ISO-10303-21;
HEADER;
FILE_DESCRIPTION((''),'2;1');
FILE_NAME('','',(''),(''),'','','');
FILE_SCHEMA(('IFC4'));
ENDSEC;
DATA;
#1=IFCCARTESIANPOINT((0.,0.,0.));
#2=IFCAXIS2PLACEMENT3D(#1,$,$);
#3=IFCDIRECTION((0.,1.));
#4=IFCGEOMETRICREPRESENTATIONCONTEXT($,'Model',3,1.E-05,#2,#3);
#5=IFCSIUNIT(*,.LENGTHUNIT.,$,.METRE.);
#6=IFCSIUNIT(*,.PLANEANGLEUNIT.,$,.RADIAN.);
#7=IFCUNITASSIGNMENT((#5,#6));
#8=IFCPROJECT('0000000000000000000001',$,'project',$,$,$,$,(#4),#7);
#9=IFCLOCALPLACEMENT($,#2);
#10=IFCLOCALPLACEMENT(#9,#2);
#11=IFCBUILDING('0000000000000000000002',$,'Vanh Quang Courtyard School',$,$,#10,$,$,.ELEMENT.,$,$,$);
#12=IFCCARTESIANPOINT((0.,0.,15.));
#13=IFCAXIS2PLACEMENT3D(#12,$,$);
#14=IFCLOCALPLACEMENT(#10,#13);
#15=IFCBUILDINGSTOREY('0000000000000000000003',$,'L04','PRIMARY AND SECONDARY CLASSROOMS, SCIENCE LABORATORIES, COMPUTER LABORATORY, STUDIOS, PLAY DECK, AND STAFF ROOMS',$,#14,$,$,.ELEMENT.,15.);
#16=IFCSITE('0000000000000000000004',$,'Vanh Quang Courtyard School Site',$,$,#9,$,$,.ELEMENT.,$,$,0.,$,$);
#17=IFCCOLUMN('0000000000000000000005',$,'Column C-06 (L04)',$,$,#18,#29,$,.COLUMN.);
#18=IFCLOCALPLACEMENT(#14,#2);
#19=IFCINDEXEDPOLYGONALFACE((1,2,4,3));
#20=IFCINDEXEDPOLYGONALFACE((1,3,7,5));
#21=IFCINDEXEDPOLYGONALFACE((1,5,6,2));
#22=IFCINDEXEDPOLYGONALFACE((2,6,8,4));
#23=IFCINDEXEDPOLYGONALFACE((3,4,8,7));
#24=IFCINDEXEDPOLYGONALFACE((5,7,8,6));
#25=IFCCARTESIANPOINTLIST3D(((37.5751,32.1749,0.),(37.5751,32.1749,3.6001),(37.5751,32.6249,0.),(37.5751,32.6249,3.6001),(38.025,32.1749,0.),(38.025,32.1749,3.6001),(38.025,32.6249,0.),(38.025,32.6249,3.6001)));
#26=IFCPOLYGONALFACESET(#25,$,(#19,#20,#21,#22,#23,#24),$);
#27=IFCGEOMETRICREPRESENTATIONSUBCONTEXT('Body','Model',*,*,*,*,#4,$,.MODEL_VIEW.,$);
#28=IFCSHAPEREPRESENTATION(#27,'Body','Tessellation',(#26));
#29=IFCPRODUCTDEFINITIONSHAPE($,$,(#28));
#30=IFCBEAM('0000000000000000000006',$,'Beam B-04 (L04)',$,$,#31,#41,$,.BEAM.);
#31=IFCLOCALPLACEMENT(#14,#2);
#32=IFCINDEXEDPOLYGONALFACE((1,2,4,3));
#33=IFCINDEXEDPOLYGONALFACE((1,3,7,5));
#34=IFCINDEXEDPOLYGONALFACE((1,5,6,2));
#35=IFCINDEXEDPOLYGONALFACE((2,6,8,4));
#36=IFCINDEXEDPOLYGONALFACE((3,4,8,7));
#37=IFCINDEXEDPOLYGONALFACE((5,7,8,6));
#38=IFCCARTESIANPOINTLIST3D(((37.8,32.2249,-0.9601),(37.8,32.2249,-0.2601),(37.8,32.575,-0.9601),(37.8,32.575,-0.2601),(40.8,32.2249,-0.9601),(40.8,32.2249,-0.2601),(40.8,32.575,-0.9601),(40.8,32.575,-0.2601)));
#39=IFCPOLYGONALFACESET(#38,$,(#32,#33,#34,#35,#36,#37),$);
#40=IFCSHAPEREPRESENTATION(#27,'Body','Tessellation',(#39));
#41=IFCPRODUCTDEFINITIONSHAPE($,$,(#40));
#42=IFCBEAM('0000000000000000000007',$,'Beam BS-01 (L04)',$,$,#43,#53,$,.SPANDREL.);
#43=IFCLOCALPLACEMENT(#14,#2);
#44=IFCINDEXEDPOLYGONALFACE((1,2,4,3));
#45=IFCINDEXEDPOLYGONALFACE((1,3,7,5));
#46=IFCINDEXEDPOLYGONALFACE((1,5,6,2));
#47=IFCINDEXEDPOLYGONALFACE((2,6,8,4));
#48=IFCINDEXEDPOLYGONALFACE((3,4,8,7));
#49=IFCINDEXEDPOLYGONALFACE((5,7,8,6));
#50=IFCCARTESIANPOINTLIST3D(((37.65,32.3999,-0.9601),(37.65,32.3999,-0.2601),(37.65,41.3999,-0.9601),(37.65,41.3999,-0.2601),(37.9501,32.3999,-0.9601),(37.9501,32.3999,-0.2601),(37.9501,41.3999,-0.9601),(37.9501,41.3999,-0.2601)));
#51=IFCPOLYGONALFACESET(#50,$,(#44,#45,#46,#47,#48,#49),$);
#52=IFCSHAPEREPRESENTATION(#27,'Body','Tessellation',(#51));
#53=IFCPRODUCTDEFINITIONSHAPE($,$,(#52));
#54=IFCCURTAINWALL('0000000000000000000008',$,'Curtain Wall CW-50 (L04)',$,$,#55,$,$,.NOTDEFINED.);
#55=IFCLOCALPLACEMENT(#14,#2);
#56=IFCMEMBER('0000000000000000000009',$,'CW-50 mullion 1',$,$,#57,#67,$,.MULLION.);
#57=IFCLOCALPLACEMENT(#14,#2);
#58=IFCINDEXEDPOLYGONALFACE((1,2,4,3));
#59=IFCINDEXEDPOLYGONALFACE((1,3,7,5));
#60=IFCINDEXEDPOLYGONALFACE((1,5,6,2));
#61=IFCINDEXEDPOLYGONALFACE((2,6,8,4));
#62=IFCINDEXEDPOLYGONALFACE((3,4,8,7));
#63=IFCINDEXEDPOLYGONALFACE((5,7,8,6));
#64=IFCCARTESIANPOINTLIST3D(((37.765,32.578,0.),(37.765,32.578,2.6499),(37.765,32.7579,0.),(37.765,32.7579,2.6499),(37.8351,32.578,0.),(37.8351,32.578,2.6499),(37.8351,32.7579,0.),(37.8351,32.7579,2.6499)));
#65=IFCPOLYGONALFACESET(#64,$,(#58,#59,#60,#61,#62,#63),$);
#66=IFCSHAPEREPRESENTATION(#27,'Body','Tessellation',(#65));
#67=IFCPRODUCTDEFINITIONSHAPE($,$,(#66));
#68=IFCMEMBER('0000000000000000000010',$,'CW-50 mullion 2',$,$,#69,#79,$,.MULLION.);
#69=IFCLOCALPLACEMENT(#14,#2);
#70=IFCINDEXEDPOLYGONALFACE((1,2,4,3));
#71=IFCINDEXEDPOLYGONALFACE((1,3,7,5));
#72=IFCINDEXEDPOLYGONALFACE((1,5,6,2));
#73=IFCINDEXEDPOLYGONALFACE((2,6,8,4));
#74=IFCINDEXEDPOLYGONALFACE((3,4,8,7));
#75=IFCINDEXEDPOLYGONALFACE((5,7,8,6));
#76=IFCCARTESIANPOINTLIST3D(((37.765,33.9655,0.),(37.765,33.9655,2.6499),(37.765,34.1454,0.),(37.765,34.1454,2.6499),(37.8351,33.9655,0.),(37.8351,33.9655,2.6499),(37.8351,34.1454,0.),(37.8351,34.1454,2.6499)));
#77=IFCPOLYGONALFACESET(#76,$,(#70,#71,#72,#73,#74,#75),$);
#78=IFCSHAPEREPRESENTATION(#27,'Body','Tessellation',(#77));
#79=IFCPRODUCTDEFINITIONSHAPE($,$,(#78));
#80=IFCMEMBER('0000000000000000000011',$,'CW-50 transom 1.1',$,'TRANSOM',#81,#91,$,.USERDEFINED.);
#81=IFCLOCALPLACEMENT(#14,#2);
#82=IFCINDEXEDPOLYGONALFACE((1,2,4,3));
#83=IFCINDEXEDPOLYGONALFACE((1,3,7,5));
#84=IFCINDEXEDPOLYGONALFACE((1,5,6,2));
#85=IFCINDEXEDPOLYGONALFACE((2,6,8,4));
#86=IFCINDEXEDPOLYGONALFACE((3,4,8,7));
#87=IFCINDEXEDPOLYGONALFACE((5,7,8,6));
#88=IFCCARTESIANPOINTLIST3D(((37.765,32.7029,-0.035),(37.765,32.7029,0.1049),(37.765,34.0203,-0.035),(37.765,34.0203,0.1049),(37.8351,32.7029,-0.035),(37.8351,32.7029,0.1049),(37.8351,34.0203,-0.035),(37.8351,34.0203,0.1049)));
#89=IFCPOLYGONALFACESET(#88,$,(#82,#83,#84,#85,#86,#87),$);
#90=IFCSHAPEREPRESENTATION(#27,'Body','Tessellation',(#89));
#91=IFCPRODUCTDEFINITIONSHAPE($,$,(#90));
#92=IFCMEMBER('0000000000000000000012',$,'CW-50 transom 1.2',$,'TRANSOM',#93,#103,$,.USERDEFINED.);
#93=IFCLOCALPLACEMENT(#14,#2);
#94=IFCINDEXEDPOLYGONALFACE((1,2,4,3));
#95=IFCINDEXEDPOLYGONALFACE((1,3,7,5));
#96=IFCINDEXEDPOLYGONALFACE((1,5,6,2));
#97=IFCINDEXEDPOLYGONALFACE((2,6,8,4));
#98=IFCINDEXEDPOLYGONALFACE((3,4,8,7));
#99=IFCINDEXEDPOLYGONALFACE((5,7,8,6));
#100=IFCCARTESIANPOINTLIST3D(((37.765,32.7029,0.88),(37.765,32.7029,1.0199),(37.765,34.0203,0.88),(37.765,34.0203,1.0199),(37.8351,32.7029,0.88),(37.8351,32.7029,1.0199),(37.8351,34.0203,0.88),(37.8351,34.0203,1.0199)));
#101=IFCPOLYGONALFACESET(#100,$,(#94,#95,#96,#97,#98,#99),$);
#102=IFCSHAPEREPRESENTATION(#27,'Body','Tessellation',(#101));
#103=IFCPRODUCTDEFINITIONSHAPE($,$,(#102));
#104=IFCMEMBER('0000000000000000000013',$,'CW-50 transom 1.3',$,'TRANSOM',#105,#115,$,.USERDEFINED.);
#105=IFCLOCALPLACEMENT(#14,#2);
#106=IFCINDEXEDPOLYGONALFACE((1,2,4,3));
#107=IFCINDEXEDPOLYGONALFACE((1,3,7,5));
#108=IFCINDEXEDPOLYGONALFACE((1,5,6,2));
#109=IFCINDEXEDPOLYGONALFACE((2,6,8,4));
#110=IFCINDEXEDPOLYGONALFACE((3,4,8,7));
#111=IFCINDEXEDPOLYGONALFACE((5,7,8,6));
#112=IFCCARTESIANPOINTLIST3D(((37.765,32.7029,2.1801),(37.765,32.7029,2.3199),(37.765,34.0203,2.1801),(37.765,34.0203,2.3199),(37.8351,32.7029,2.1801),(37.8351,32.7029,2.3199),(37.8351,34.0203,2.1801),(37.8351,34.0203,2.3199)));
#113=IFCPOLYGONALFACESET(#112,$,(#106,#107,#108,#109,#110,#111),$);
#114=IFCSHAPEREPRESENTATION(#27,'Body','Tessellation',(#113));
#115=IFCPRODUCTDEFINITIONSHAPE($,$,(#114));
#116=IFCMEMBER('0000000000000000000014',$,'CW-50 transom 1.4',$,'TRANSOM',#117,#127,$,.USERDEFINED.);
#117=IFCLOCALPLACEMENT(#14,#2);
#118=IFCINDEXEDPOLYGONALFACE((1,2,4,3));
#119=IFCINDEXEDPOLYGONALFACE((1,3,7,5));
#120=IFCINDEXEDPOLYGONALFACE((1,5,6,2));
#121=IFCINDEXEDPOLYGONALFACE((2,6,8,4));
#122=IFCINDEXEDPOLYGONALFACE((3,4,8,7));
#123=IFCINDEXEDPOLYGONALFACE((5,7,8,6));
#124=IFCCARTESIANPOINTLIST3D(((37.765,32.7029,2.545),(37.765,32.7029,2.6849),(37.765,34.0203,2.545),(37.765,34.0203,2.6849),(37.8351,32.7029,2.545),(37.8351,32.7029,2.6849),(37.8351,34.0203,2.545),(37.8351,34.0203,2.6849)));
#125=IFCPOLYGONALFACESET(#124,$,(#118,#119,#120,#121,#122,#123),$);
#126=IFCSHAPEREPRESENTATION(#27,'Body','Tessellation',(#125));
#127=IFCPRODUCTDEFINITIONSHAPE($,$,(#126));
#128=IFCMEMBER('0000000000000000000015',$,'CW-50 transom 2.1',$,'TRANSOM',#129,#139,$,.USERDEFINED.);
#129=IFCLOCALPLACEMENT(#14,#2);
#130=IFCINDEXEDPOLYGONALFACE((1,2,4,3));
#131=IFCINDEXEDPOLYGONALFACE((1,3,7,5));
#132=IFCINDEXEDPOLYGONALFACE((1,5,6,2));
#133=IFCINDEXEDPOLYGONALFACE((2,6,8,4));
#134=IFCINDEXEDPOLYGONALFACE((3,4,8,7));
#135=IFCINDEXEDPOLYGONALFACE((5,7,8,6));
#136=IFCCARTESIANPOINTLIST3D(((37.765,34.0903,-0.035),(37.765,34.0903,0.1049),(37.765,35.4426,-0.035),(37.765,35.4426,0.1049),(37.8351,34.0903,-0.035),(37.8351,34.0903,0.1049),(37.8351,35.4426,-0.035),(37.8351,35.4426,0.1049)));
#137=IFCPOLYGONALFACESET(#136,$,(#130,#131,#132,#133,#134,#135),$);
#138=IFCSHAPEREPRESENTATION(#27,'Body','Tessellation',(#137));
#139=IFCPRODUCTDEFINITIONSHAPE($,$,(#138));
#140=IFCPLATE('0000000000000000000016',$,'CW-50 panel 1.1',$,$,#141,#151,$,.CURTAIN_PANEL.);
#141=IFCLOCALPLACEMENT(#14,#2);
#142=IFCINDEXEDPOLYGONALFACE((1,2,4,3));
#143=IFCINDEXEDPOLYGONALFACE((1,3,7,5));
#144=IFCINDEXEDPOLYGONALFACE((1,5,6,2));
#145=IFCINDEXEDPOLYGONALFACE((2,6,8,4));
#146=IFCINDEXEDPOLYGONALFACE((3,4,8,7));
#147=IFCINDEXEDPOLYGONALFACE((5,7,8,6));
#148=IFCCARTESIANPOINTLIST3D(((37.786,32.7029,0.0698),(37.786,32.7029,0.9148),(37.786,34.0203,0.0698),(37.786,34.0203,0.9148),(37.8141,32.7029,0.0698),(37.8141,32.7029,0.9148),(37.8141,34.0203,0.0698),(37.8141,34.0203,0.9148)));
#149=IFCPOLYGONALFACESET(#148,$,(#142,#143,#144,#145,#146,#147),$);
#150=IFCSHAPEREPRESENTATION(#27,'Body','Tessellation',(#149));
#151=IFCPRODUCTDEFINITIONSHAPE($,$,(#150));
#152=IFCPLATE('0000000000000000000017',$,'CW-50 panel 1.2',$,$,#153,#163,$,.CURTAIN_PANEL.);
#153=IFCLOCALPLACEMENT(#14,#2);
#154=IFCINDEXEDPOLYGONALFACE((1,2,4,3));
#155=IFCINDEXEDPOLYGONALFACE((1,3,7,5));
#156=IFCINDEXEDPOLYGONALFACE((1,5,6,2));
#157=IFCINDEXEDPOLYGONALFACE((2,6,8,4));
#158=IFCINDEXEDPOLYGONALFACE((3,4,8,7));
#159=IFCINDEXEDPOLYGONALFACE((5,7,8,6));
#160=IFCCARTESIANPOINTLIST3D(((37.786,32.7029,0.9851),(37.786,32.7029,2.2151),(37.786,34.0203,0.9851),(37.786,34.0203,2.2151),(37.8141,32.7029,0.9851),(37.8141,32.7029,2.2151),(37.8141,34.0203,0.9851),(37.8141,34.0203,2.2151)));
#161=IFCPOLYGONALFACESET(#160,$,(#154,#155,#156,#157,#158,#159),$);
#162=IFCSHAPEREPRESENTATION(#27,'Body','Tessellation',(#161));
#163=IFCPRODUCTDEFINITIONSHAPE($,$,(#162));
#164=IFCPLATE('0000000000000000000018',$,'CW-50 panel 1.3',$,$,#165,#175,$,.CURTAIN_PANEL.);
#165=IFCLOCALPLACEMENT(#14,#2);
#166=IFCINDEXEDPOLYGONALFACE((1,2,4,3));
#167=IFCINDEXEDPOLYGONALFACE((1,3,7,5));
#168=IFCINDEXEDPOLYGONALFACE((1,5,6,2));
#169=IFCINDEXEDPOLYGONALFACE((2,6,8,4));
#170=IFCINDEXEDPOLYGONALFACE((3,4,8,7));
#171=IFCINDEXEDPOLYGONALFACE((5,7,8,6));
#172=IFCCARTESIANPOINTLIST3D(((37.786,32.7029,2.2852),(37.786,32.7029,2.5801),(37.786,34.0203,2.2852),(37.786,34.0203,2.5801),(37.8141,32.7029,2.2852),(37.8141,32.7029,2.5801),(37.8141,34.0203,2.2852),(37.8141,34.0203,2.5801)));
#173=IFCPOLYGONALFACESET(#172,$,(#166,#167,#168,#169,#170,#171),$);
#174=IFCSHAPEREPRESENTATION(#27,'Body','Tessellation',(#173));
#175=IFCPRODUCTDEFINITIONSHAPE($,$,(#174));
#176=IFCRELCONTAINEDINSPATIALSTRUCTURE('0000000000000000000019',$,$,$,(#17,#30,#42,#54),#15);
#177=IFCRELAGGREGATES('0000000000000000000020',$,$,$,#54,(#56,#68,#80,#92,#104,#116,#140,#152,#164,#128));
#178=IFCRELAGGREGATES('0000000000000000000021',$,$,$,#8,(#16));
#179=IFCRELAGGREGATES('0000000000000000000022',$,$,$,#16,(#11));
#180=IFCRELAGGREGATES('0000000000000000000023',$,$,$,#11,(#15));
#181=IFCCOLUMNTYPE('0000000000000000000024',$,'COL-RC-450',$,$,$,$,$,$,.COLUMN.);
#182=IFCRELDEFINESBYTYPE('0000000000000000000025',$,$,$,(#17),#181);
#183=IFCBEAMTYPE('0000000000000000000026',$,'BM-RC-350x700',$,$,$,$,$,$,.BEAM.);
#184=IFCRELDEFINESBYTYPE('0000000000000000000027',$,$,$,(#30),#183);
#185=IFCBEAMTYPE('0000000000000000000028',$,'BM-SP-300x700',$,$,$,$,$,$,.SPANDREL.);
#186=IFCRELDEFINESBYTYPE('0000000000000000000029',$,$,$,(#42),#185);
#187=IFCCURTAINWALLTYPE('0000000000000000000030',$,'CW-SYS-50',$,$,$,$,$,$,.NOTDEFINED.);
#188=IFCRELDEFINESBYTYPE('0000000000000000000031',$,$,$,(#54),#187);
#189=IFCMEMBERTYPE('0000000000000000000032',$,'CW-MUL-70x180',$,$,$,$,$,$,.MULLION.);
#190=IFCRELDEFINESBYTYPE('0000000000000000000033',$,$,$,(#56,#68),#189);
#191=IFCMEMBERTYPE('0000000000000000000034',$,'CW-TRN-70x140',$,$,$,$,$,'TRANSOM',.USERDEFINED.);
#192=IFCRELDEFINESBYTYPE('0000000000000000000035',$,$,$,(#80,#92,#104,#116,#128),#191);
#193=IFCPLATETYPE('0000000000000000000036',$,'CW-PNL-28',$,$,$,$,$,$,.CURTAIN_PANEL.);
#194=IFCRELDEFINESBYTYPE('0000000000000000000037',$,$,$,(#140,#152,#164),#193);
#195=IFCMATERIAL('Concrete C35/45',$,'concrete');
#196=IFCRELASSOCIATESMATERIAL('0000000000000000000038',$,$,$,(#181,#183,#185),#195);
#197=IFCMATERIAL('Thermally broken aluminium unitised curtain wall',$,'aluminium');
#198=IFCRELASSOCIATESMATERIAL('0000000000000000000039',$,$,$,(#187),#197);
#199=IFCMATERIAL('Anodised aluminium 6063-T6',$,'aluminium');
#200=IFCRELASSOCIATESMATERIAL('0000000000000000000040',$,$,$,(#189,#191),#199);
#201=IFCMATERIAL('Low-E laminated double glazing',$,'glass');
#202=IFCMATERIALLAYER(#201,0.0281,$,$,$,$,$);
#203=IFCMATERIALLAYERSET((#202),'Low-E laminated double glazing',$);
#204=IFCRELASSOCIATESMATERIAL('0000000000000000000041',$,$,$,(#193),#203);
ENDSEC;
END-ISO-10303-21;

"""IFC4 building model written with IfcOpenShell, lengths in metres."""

from ifc_helpers import new_model, si_unit, direction, frame, origin, origin_2d, place, context, subcontext, project, spatial, rectangle, extrude, material, layer, layer_set, material_profile, profile_set, type_object, element, aggregate, save


model = new_model("IFC4")

# Units and contexts
model_context = context("Model", 3, precision=1e-05, world=origin(), true_north=direction((0.0, 1.0)))
body_context = subcontext(model_context, "Body", "Model", "MODEL_VIEW")
ifc_project = project(units=[si_unit("LENGTHUNIT", "METRE"), si_unit("PLANEANGLEUNIT", "RADIAN")], contexts=[model_context])

# Site, building, storey
site_placement = place(None, origin())
site = spatial("IfcSite", under=ifc_project, at=site_placement, Name="Vanh Quang Courtyard School Site", CompositionType="ELEMENT", RefElevation=0.0)
building_placement = place(site_placement, origin())
building = spatial("IfcBuilding", under=site, at=building_placement, Name="Vanh Quang Courtyard School", CompositionType="ELEMENT")
storey_placement = place(building_placement, frame((0.0, 0.0, 15.0)))
storey = spatial("IfcBuildingStorey", under=building, at=storey_placement, Name="L04", Description="PRIMARY AND SECONDARY CLASSROOMS, SCIENCE LABORATORIES, COMPUTER LABORATORY, STUDIOS, PLAY DECK, AND STAFF ROOMS", CompositionType="ELEMENT", Elevation=15.0)

# Column
ifc_material_1 = material(Name="Concrete C35/45", Category="concrete")
ifc_material_profile_1 = material_profile(ifc_material_1, rectangle(XDim=0.45, YDim=0.45, at=origin_2d()), Name="RC-COL 450x450")
ifc_profile_set_1 = profile_set([ifc_material_profile_1], Name="Concrete C35/45")
column_type = type_object("IfcColumnType", Name="COL-RC-450", PredefinedType="COLUMN", material=ifc_profile_set_1)
column_placement = place(storey_placement, frame((37.8, 32.3999, 0.0), z_axis=(0.0, 0.0, 1.0), x_axis=(1.0, 0.0, 0.0)))
element("IfcColumn", 1, at=column_placement, inside=storey, type_object=column_type, Name="Column C-06 (L04)", PredefinedType="COLUMN", context=body_context, shape_type="SweptSolid", body=[
    extrude(rectangle(XDim=0.45, YDim=0.45, at=origin_2d()), origin(), (0.0, 0.0, 1.0), 3.6001),
])

# Beams
ifc_material_profile_2 = material_profile(ifc_material_1, rectangle(XDim=0.3501, YDim=0.7, at=origin_2d()), Name="RC-BM 350x700")
ifc_profile_set_2 = profile_set([ifc_material_profile_2], Name="Concrete C35/45")
beam_type_1 = type_object("IfcBeamType", Name="BM-RC-350x700", PredefinedType="BEAM", material=ifc_profile_set_2)
beam_1_placement = place(storey_placement, frame((37.8, 32.3999, -0.6101), z_axis=(1.0, 0.0, 0.0), x_axis=(0.0, 1.0, 0.0)))
element("IfcBeam", 2, at=beam_1_placement, inside=storey, type_object=beam_type_1, Name="Beam B-04 (L04)", PredefinedType="BEAM", context=body_context, shape_type="SweptSolid", body=[
    extrude(rectangle(XDim=0.3501, YDim=0.7, at=origin_2d()), origin(), (0.0, 0.0, 1.0), 3.0),
])
ifc_material_profile_3 = material_profile(ifc_material_1, rectangle(XDim=0.3, YDim=0.7, at=origin_2d()), Name="RC-SP 300x700")
ifc_profile_set_3 = profile_set([ifc_material_profile_3], Name="Concrete C35/45")
beam_type_2 = type_object("IfcBeamType", Name="BM-SP-300x700", PredefinedType="SPANDREL", material=ifc_profile_set_3)
beam_2_placement = place(storey_placement, frame((37.8, 32.3999, -0.6101), z_axis=(0.0, 1.0, 0.0), x_axis=(-1.0, 0.0, 0.0)))
element("IfcBeam", 3, at=beam_2_placement, inside=storey, type_object=beam_type_2, Name="Beam BS-01 (L04)", PredefinedType="SPANDREL", context=body_context, shape_type="SweptSolid", body=[
    extrude(rectangle(XDim=0.3, YDim=0.7, at=origin_2d()), origin(), (0.0, 0.0, 1.0), 9.0),
])

# Curtain wall, members, plates
ifc_material_2 = material(Name="Thermally broken aluminium unitised curtain wall", Category="aluminium")
curtain_wall_type = type_object("IfcCurtainWallType", Name="CW-SYS-50", PredefinedType="NOTDEFINED", material=ifc_material_2)
curtain_wall_placement = place(storey_placement, origin())
curtain_wall = element("IfcCurtainWall", 4, at=curtain_wall_placement, inside=storey, type_object=curtain_wall_type, Name="Curtain Wall CW-50 (L04)", PredefinedType="NOTDEFINED")
ifc_material_3 = material(Name="Anodised aluminium 6063-T6", Category="aluminium")
ifc_material_profile_4 = material_profile(ifc_material_3, rectangle(XDim=0.0701, YDim=0.1799, at=origin_2d()), Name="ALU-MUL 70x180")
ifc_profile_set_4 = profile_set([ifc_material_profile_4], Name="Anodised aluminium 6063-T6")
member_type_1 = type_object("IfcMemberType", Name="CW-MUL-70x180", PredefinedType="MULLION", material=ifc_profile_set_4)
member_1_placement = place(storey_placement, frame((37.8, 32.668, 0.0), z_axis=(0.0, 0.0, 1.0), x_axis=(-1.0, 0.0, 0.0)))
member_1 = element("IfcMember", 5, at=member_1_placement, type_object=member_type_1, Name="CW-50 mullion 1", PredefinedType="MULLION", context=body_context, shape_type="SweptSolid", body=[
    extrude(rectangle(XDim=0.0701, YDim=0.1799, at=origin_2d()), origin(), (0.0, 0.0, 1.0), 2.6499),
])
member_2_placement = place(storey_placement, frame((37.8, 34.0554, 0.0), z_axis=(0.0, 0.0, 1.0), x_axis=(-1.0, 0.0, 0.0)))
member_2 = element("IfcMember", 6, at=member_2_placement, type_object=member_type_1, Name="CW-50 mullion 2", PredefinedType="MULLION", context=body_context, shape_type="SweptSolid", body=[
    extrude(rectangle(XDim=0.0701, YDim=0.1799, at=origin_2d()), origin(), (0.0, 0.0, 1.0), 2.6499),
])
ifc_material_profile_5 = material_profile(ifc_material_3, rectangle(XDim=0.0701, YDim=0.1399, at=origin_2d()), Name="ALU-TRN 70x140")
ifc_profile_set_5 = profile_set([ifc_material_profile_5], Name="Anodised aluminium 6063-T6")
member_type_2 = type_object("IfcMemberType", Name="CW-TRN-70x140", ElementType="TRANSOM", PredefinedType="USERDEFINED", material=ifc_profile_set_5)
member_3_placement = place(storey_placement, frame((37.8, 32.7029, 0.0349), z_axis=(0.0, 1.0, 0.0), x_axis=(-1.0, 0.0, 0.0)))
member_3 = element("IfcMember", 7, at=member_3_placement, type_object=member_type_2, Name="CW-50 transom 1.1", ObjectType="TRANSOM", PredefinedType="USERDEFINED", context=body_context, shape_type="SweptSolid", body=[
    extrude(rectangle(XDim=0.0701, YDim=0.1399, at=origin_2d()), origin(), (0.0, 0.0, 1.0), 1.3174),
])
member_4_placement = place(storey_placement, frame((37.8, 32.7029, 0.95), z_axis=(0.0, 1.0, 0.0), x_axis=(-1.0, 0.0, 0.0)))
member_4 = element("IfcMember", 8, at=member_4_placement, type_object=member_type_2, Name="CW-50 transom 1.2", ObjectType="TRANSOM", PredefinedType="USERDEFINED", context=body_context, shape_type="SweptSolid", body=[
    extrude(rectangle(XDim=0.0701, YDim=0.1399, at=origin_2d()), origin(), (0.0, 0.0, 1.0), 1.3174),
])
member_5_placement = place(storey_placement, frame((37.8, 32.7029, 2.25), z_axis=(0.0, 1.0, 0.0), x_axis=(-1.0, 0.0, 0.0)))
member_5 = element("IfcMember", 9, at=member_5_placement, type_object=member_type_2, Name="CW-50 transom 1.3", ObjectType="TRANSOM", PredefinedType="USERDEFINED", context=body_context, shape_type="SweptSolid", body=[
    extrude(rectangle(XDim=0.0701, YDim=0.1399, at=origin_2d()), origin(), (0.0, 0.0, 1.0), 1.3174),
])
member_6_placement = place(storey_placement, frame((37.8, 32.7029, 2.615), z_axis=(0.0, 1.0, 0.0), x_axis=(-1.0, 0.0, 0.0)))
member_6 = element("IfcMember", 10, at=member_6_placement, type_object=member_type_2, Name="CW-50 transom 1.4", ObjectType="TRANSOM", PredefinedType="USERDEFINED", context=body_context, shape_type="SweptSolid", body=[
    extrude(rectangle(XDim=0.0701, YDim=0.1399, at=origin_2d()), origin(), (0.0, 0.0, 1.0), 1.3174),
])
member_7_placement = place(storey_placement, frame((37.8, 34.0903, 0.0349), z_axis=(0.0, 1.0, 0.0), x_axis=(-1.0, 0.0, 0.0)))
member_7 = element("IfcMember", 11, at=member_7_placement, type_object=member_type_2, Name="CW-50 transom 2.1", ObjectType="TRANSOM", PredefinedType="USERDEFINED", context=body_context, shape_type="SweptSolid", body=[
    extrude(rectangle(XDim=0.0701, YDim=0.1399, at=origin_2d()), origin(), (0.0, 0.0, 1.0), 1.3523),
])
ifc_material_4 = material(Name="Low-E laminated double glazing", Category="glass")
ifc_layer_1 = layer(ifc_material_4, 0.0281)
ifc_layer_set_1 = layer_set([ifc_layer_1], Name="Low-E laminated double glazing")
plate_type = type_object("IfcPlateType", Name="CW-PNL-28", PredefinedType="CURTAIN_PANEL", material=ifc_layer_set_1)
plate_1_placement = place(storey_placement, frame((37.8, 33.3616, 0.0698), z_axis=(0.0, 0.0, 1.0), x_axis=(0.0, 1.0, 0.0)))
plate_1 = element("IfcPlate", 12, at=plate_1_placement, type_object=plate_type, Name="CW-50 panel 1.1", PredefinedType="CURTAIN_PANEL", context=body_context, shape_type="SweptSolid", body=[
    extrude(rectangle(XDim=1.3174, YDim=0.0281, at=origin_2d()), origin(), (0.0, 0.0, 1.0), 0.845),
])
plate_2_placement = place(storey_placement, frame((37.8, 33.3616, 0.9851), z_axis=(0.0, 0.0, 1.0), x_axis=(0.0, 1.0, 0.0)))
plate_2 = element("IfcPlate", 13, at=plate_2_placement, type_object=plate_type, Name="CW-50 panel 1.2", PredefinedType="CURTAIN_PANEL", context=body_context, shape_type="SweptSolid", body=[
    extrude(rectangle(XDim=1.3174, YDim=0.0281, at=origin_2d()), origin(), (0.0, 0.0, 1.0), 1.23),
])
plate_3_placement = place(storey_placement, frame((37.8, 33.3616, 2.2852), z_axis=(0.0, 0.0, 1.0), x_axis=(0.0, 1.0, 0.0)))
plate_3 = element("IfcPlate", 14, at=plate_3_placement, type_object=plate_type, Name="CW-50 panel 1.3", PredefinedType="CURTAIN_PANEL", context=body_context, shape_type="SweptSolid", body=[
    extrude(rectangle(XDim=1.3174, YDim=0.0281, at=origin_2d()), origin(), (0.0, 0.0, 1.0), 0.2949),
])
aggregate(curtain_wall, [member_1, member_2, member_3, member_4, member_5, member_6, plate_1, plate_2, plate_3, member_7])

save(model, "model.ifc")
